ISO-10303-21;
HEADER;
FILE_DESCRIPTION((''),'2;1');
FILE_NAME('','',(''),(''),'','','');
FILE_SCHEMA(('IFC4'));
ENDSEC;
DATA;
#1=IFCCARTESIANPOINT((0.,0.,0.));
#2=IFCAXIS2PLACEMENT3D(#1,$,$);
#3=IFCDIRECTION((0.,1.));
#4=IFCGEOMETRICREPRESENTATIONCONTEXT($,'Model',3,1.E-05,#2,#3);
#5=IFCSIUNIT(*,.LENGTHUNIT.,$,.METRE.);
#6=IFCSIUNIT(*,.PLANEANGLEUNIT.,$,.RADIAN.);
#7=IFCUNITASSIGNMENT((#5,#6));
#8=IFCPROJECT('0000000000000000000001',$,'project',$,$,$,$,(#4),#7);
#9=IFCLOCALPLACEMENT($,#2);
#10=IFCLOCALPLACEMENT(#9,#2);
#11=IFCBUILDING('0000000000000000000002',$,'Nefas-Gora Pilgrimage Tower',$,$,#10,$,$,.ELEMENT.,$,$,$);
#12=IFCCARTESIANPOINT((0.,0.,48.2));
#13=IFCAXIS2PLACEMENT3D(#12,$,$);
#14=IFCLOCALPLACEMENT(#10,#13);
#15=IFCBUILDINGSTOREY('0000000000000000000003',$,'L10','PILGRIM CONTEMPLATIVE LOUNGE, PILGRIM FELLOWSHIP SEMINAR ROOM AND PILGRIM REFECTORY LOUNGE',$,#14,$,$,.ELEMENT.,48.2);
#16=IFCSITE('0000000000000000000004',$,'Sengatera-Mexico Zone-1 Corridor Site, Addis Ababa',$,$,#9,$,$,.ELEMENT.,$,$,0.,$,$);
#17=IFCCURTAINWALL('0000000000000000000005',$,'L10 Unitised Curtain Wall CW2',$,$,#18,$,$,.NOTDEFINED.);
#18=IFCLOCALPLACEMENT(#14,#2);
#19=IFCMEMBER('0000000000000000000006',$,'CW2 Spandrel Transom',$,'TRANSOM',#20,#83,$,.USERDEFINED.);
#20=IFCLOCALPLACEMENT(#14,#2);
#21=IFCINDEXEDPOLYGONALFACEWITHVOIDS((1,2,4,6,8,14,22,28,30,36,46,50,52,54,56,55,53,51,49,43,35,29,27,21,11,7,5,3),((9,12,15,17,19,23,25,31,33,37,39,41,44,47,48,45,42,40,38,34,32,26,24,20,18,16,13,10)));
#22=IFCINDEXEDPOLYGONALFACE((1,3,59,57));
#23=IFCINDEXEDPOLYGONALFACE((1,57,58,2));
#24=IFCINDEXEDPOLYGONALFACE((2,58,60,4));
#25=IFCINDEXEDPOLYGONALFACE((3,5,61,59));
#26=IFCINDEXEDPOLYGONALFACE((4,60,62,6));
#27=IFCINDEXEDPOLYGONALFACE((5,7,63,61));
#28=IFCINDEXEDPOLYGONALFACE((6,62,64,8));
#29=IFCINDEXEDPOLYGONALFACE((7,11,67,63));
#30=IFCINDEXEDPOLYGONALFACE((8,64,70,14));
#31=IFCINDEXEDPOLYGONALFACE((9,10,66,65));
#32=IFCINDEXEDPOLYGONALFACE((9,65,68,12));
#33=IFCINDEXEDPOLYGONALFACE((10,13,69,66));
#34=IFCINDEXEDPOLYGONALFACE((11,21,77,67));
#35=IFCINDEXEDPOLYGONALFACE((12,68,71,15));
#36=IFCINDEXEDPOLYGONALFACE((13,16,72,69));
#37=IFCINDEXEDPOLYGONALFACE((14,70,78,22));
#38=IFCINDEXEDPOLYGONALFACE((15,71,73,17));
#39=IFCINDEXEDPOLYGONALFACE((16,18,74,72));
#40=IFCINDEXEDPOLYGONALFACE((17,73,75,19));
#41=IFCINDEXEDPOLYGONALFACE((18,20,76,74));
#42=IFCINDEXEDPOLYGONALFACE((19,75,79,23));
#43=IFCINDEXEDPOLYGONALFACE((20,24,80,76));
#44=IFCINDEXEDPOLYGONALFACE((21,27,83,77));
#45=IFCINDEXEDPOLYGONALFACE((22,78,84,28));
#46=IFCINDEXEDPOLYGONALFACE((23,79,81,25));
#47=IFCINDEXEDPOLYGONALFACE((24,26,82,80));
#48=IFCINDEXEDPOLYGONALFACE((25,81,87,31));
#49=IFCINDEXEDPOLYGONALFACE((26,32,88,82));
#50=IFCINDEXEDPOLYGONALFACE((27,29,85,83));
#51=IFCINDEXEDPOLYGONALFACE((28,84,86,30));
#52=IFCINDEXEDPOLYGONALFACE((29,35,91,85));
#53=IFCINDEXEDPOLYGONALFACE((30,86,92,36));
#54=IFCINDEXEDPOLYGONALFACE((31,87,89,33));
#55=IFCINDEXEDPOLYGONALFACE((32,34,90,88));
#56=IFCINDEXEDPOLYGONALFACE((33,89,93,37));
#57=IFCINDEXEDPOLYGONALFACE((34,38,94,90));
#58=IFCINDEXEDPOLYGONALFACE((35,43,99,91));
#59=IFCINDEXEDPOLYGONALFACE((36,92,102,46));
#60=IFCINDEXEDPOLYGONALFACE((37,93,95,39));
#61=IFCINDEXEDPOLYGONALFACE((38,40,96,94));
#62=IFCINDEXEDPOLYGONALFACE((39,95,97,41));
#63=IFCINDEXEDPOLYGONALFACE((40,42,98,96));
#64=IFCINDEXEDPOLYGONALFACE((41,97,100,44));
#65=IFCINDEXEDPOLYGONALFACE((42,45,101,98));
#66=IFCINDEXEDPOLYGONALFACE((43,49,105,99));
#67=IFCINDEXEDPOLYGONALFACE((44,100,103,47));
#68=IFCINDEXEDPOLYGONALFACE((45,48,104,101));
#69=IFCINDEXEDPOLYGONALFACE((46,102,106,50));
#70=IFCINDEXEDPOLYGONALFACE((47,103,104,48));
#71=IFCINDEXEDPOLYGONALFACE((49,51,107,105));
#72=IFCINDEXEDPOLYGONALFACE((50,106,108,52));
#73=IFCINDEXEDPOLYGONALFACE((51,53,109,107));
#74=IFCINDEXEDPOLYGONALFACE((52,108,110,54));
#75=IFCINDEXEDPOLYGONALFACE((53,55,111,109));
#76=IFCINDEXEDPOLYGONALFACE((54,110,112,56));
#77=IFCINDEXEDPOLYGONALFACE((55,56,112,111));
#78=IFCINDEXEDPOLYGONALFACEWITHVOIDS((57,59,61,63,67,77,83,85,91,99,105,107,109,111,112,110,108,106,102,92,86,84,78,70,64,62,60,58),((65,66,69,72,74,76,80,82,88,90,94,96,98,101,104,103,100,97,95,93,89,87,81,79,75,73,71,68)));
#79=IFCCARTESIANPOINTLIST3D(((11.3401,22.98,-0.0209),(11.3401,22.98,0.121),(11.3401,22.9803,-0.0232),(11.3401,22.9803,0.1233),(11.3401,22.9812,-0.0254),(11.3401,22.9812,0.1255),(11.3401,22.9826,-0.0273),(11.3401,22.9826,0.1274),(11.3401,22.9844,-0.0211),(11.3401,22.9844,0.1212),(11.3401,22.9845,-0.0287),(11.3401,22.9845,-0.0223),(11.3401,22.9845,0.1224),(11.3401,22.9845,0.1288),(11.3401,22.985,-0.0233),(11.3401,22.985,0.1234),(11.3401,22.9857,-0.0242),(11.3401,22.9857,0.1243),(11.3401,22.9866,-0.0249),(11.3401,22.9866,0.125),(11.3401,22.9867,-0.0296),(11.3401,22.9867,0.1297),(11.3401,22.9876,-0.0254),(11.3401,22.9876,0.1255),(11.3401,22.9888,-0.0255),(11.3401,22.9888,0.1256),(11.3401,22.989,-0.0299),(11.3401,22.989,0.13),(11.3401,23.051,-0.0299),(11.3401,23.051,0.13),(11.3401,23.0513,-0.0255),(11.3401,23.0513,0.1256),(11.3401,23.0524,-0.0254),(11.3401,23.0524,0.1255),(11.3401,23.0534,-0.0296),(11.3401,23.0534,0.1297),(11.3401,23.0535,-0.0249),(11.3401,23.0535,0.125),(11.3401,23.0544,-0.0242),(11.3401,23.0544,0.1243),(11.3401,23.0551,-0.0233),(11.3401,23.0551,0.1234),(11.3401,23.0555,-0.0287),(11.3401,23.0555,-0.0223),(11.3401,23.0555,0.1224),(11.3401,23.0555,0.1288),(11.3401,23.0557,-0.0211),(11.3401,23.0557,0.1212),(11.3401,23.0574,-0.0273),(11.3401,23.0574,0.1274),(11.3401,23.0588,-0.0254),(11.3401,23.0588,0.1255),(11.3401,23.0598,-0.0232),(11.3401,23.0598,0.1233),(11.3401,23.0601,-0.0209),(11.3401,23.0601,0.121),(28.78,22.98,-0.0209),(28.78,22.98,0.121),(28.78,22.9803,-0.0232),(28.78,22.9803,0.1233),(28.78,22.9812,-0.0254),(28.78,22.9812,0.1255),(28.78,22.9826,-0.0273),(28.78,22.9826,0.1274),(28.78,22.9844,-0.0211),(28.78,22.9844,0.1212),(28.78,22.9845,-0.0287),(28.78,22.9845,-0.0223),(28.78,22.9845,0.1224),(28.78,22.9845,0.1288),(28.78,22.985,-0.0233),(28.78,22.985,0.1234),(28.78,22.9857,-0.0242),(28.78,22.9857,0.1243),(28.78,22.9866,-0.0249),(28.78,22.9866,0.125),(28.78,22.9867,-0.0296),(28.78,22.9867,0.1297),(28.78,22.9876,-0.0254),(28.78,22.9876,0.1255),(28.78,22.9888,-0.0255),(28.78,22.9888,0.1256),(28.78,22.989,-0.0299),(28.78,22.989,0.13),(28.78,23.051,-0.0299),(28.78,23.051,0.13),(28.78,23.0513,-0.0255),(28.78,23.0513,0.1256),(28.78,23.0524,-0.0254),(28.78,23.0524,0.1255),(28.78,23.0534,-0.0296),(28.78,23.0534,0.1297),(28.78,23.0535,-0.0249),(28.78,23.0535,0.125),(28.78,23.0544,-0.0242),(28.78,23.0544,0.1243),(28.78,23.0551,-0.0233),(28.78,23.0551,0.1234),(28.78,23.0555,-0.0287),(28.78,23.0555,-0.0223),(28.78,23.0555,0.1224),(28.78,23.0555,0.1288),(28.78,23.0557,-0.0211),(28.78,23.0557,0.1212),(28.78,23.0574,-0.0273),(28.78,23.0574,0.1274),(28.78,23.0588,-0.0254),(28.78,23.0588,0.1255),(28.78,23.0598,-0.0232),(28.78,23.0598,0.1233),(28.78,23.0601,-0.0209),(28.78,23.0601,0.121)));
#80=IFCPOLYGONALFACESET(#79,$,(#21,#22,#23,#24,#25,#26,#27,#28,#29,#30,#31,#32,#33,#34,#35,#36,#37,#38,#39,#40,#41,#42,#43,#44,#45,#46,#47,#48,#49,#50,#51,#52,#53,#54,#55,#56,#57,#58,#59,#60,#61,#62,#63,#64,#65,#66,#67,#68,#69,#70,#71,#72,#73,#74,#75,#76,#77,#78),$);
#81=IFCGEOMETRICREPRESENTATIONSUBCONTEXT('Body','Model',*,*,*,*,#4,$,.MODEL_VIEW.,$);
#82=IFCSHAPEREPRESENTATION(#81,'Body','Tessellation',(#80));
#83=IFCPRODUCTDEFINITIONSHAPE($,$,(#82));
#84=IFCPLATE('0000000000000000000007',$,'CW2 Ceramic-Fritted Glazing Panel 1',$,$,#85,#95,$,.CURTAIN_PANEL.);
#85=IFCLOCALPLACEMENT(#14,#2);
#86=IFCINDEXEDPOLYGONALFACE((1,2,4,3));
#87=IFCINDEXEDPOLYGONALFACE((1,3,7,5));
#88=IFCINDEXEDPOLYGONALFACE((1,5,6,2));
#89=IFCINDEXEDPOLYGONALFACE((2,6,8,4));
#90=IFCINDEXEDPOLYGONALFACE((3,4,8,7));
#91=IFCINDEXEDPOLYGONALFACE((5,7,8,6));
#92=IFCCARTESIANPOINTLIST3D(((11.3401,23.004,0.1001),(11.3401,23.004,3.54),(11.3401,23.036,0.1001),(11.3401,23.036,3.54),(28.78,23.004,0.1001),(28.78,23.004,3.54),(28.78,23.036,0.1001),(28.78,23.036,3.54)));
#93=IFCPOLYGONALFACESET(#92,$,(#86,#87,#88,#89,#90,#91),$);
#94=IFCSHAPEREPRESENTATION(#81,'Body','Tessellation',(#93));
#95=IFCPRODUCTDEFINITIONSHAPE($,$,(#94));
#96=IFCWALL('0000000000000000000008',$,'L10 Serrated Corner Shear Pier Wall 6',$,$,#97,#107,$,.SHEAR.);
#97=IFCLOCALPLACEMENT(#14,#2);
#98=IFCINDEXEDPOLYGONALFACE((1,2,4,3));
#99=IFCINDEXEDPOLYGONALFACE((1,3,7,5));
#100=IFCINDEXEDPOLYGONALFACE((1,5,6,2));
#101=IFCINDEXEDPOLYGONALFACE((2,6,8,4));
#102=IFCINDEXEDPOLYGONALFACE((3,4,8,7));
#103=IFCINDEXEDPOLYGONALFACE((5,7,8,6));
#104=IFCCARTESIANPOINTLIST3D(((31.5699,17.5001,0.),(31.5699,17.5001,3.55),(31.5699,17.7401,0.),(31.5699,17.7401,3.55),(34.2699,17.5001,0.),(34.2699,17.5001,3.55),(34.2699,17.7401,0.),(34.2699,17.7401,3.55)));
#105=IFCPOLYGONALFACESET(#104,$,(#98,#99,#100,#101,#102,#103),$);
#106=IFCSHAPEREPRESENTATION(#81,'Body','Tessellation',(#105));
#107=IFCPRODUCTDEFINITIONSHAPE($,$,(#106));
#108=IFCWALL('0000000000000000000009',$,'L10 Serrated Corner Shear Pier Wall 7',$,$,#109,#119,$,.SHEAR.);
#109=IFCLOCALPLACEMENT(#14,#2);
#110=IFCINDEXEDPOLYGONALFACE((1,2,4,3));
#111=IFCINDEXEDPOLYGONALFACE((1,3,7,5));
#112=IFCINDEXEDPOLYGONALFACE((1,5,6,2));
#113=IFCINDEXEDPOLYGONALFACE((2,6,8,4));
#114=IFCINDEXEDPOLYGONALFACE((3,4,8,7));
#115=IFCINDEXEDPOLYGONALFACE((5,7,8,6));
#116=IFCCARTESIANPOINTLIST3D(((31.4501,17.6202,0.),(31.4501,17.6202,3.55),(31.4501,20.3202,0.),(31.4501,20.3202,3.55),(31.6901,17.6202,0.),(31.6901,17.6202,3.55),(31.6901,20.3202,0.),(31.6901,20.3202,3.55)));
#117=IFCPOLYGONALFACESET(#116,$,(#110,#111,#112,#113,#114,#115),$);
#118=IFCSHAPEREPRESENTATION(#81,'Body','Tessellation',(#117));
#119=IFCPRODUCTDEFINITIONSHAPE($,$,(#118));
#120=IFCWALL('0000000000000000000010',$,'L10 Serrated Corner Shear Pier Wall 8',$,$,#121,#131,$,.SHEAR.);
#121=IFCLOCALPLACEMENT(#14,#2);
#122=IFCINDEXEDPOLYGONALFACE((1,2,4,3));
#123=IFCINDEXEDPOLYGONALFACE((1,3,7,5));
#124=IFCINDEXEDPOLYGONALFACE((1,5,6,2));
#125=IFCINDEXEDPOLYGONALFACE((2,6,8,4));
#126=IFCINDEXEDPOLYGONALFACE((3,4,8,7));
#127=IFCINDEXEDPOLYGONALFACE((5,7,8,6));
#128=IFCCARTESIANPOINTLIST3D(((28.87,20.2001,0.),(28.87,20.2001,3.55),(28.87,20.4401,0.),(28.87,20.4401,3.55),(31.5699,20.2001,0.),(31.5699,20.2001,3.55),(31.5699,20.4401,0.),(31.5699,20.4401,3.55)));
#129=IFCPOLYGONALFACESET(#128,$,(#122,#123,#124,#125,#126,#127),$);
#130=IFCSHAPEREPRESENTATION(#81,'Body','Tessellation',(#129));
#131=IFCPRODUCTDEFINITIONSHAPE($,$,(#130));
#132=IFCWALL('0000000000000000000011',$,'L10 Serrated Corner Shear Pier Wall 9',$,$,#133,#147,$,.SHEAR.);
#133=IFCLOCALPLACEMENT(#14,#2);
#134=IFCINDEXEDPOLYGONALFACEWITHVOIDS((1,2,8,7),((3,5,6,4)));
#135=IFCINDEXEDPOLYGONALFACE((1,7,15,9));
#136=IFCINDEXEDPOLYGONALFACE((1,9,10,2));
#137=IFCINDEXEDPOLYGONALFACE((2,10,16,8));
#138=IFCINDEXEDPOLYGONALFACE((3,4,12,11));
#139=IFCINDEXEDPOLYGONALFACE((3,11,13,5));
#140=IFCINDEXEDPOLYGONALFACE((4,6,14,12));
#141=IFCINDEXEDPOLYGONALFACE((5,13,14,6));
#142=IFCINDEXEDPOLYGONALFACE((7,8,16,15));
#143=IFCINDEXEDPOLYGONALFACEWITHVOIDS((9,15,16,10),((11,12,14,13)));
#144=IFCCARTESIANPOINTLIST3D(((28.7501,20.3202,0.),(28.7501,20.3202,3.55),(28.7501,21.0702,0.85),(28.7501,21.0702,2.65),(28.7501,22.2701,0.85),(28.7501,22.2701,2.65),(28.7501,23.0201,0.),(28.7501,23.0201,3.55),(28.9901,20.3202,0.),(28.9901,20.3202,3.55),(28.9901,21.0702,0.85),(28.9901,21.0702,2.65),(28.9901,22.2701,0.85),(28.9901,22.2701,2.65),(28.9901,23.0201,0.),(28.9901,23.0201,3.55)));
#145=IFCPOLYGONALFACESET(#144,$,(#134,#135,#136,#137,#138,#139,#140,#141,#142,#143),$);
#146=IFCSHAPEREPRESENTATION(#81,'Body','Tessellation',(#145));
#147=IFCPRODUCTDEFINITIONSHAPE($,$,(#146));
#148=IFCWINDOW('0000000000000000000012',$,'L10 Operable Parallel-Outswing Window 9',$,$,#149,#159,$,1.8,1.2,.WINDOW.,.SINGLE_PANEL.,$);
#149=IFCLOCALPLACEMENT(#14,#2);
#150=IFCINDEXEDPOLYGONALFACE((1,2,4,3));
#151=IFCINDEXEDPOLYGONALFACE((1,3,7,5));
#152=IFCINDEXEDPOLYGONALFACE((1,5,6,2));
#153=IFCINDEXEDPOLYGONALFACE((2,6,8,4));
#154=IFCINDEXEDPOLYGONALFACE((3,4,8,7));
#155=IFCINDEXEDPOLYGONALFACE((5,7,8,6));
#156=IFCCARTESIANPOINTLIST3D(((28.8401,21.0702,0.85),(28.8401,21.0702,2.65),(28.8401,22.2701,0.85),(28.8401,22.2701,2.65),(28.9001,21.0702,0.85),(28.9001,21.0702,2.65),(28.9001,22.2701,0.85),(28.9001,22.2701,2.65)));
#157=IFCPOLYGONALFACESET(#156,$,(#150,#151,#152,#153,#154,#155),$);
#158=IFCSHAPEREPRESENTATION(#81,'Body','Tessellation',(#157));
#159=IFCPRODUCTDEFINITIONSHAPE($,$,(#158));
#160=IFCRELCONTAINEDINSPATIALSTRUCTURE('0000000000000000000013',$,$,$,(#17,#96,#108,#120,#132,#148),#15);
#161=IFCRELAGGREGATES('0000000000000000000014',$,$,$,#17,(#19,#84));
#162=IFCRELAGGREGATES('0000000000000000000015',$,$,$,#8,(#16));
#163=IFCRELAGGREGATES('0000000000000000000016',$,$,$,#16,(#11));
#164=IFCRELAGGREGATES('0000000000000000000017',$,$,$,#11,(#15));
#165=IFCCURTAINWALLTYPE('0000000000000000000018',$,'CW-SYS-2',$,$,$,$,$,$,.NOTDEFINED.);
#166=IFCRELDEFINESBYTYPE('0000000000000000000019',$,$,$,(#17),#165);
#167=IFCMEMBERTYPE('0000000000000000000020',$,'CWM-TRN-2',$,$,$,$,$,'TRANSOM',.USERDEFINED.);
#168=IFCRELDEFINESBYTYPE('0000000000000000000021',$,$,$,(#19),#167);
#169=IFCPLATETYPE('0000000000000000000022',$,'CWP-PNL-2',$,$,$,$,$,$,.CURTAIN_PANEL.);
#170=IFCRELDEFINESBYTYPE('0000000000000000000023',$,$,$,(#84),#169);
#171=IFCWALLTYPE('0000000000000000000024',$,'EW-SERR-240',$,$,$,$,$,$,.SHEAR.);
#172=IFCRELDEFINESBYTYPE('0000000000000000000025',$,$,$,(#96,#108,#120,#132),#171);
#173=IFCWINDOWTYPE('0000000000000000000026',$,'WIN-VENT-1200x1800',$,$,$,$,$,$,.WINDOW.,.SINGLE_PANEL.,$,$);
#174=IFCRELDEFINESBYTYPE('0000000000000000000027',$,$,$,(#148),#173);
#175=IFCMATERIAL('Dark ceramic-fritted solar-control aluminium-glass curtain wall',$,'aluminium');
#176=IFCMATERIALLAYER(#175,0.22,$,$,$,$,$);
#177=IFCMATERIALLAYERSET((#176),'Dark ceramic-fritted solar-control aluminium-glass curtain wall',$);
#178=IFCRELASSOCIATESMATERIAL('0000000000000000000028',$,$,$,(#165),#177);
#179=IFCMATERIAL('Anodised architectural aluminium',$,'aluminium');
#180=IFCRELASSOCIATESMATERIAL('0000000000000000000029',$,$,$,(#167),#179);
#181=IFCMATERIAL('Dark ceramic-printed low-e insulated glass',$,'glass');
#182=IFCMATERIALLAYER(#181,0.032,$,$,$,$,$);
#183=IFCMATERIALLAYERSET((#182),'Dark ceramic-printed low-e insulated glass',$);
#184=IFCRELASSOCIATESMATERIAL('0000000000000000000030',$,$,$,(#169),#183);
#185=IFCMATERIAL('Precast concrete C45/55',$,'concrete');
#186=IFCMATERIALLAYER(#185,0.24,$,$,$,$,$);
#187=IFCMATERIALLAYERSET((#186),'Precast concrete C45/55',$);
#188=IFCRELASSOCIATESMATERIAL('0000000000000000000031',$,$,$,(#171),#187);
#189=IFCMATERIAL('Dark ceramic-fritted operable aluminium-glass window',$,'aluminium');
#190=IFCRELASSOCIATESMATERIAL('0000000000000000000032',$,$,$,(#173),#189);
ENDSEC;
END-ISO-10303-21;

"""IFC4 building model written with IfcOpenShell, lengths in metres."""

from ifc_helpers import new_model, si_unit, direction, frame, frame_2d, origin, origin_2d, place, context, subcontext, project, spatial, rectangle, hollow_rectangle, extrude, source, transform, mapped, material, layer, layer_set, material_profile, profile_set, type_object, element, fill, aggregate, save


model = new_model("IFC4")

# Units and contexts
model_context = context("Model", 3, precision=1e-05, world=origin(), true_north=direction((0.0, 1.0)))
body_context = subcontext(model_context, "Body", "Model", "MODEL_VIEW")
ifc_project = project(units=[si_unit("LENGTHUNIT", "METRE"), si_unit("PLANEANGLEUNIT", "RADIAN")], contexts=[model_context])

# Site, building, storey
site_placement = place(None, origin())
site = spatial("IfcSite", under=ifc_project, at=site_placement, Name="Sengatera-Mexico Zone-1 Corridor Site, Addis Ababa", CompositionType="ELEMENT", RefElevation=0.0)
building_placement = place(site_placement, origin())
building = spatial("IfcBuilding", under=site, at=building_placement, Name="Nefas-Gora Pilgrimage Tower", CompositionType="ELEMENT")
storey_placement = place(building_placement, frame((0.0, 0.0, 48.2)))
storey = spatial("IfcBuildingStorey", under=building, at=storey_placement, Name="L10", Description="PILGRIM CONTEMPLATIVE LOUNGE, PILGRIM FELLOWSHIP SEMINAR ROOM AND PILGRIM REFECTORY LOUNGE", CompositionType="ELEMENT", Elevation=48.2)

# Shared definitions
ifc_material_1 = material(Name="Dark ceramic-fritted solar-control aluminium-glass curtain wall", Category="aluminium")
ifc_layer_1 = layer(ifc_material_1, 0.22)
ifc_layer_set_1 = layer_set([ifc_layer_1], Name="Dark ceramic-fritted solar-control aluminium-glass curtain wall")
curtain_wall_type = type_object("IfcCurtainWallType", Name="CW-SYS-2", PredefinedType="NOTDEFINED", material=ifc_layer_set_1)
ifc_material_2 = material(Name="Anodised architectural aluminium", Category="aluminium")

# Curtain wall, member, plate
curtain_wall_1_placement = place(storey_placement, origin())
curtain_wall_1 = element("IfcCurtainWall", 1, at=curtain_wall_1_placement, inside=storey, type_object=curtain_wall_type, Name="L10 Unitised Curtain Wall CW2", PredefinedType="NOTDEFINED")
ifc_material_profile_1 = material_profile(ifc_material_2, hollow_rectangle(XDim=0.0801, YDim=0.1599, WallThickness=0.0044, InnerFilletRadius=0.0044, OuterFilletRadius=0.009, at=origin_2d()), Name="ALU TRANSOM 80x160")
ifc_profile_set_1 = profile_set([ifc_material_profile_1], Name="Anodised architectural aluminium")
member_type_1 = type_object("IfcMemberType", Name="CWM-TRN-2", ElementType="TRANSOM", PredefinedType="USERDEFINED", material=ifc_profile_set_1)
shared_shape_1 = source(origin(), body_context, "Body", "SweptSolid", [
    extrude(hollow_rectangle(XDim=0.0801, YDim=0.1599, WallThickness=0.0044, InnerFilletRadius=0.0044, OuterFilletRadius=0.009, at=origin_2d()), origin(), (0.0, 0.0, 1.0), 17.4399),
])
member_1_placement = place(storey_placement, frame((28.78, 23.02, 0.05), z_axis=(-1.0, 0.0, 0.0), x_axis=(0.0, -1.0, 0.0)))
member_1 = element("IfcMember", 2, at=member_1_placement, type_object=member_type_1, Name="CW2 Spandrel Transom", ObjectType="TRANSOM", PredefinedType="USERDEFINED", context=body_context, shape_type="MappedRepresentation", body=[
    mapped(shared_shape_1, transform((0.0, 0.0, 0.0), x_axis=(1.0, 0.0, 0.0), y_axis=(0.0, 1.0, 0.0), z_axis=(0.0, 0.0, 1.0), scale=1.0)),
])
ifc_material_3 = material(Name="Dark ceramic-printed low-e insulated glass", Category="glass")
ifc_layer_2 = layer(ifc_material_3, 0.032)
ifc_layer_set_2 = layer_set([ifc_layer_2], Name="Dark ceramic-printed low-e insulated glass")
plate_type = type_object("IfcPlateType", Name="CWP-PNL-2", PredefinedType="CURTAIN_PANEL", material=ifc_layer_set_2)
shared_shape_2 = source(origin(), body_context, "Body", "SweptSolid", [
    extrude(rectangle(XDim=17.4399, YDim=0.032, at=origin_2d()), origin(), (0.0, 0.0, 1.0), 3.4399),
])
plate_placement = place(storey_placement, frame((20.0601, 23.02, 0.1001), z_axis=(0.0, 0.0, 1.0), x_axis=(-1.0, 0.0, 0.0)))
plate = element("IfcPlate", 3, at=plate_placement, type_object=plate_type, Name="CW2 Ceramic-Fritted Glazing Panel 1", PredefinedType="CURTAIN_PANEL", context=body_context, shape_type="MappedRepresentation", body=[
    mapped(shared_shape_2, transform((0.0, 0.0, 0.0), x_axis=(1.0, 0.0, 0.0), y_axis=(0.0, 1.0, 0.0), z_axis=(0.0, 0.0, 1.0), scale=1.0)),
])
aggregate(curtain_wall_1, [member_1, plate])

# Walls
ifc_material_4 = material(Name="Precast concrete C45/55", Category="concrete")
ifc_layer_3 = layer(ifc_material_4, 0.24)
ifc_layer_set_3 = layer_set([ifc_layer_3], Name="Precast concrete C45/55")
wall_type = type_object("IfcWallType", Name="EW-SERR-240", PredefinedType="SHEAR", material=ifc_layer_set_3)
shared_shape_3 = source(origin(), body_context, "Body", "SweptSolid", [
    extrude(rectangle(XDim=2.7, YDim=0.24, at=frame_2d((1.3501, 0.0))), origin(), (0.0, 0.0, 1.0), 3.55),
])
for number, where, z_axis, x_axis, name in (
    (4, (34.27, 17.6201, 0.0), (0.0, 0.0, 1.0), (-1.0, 0.0, 0.0), "L10 Serrated Corner Shear Pier Wall 6"),
    (5, (31.5701, 17.6201, 0.0), (0.0, 0.0, 1.0), (0.0, 1.0, 0.0), "L10 Serrated Corner Shear Pier Wall 7"),
    (6, (31.5701, 20.3201, 0.0), (0.0, 0.0, 1.0), (-1.0, 0.0, 0.0), "L10 Serrated Corner Shear Pier Wall 8"),
):
    element("IfcWall", number, at=place(storey_placement, frame(where, z_axis=z_axis, x_axis=x_axis)), inside=storey, type_object=wall_type, Name=name, PredefinedType="SHEAR", context=body_context, shape_type="MappedRepresentation", body=[
        mapped(shared_shape_3, transform((0.0, 0.0, 0.0), x_axis=(1.0, 0.0, 0.0), y_axis=(0.0, 1.0, 0.0), z_axis=(0.0, 0.0, 1.0), scale=1.0)),
    ])

# Wall, opening, window
wall_placement = place(storey_placement, frame((28.8701, 20.3201, 0.0), z_axis=(0.0, 0.0, 1.0), x_axis=(0.0, 1.0, 0.0)))
wall = element("IfcWall", 7, at=wall_placement, inside=storey, type_object=wall_type, Name="L10 Serrated Corner Shear Pier Wall 9", PredefinedType="SHEAR", context=body_context, shape_type="MappedRepresentation", body=[
    mapped(shared_shape_3, transform((0.0, 0.0, 0.0), x_axis=(1.0, 0.0, 0.0), y_axis=(0.0, 1.0, 0.0), z_axis=(0.0, 0.0, 1.0), scale=1.0)),
])
opening_placement = place(wall_placement, frame((0.75, 0.0, 0.8501)))
opening = element("IfcOpeningElement", 8, at=opening_placement, cuts=wall, PredefinedType="OPENING", context=body_context, shape_type="SweptSolid", body=[
    extrude(rectangle(XDim=1.2, YDim=1.8, at=frame_2d((0.6001, 0.8999))), frame((0.0, 0.1299, 0.0), z_axis=(0.0, -1.0, 0.0), x_axis=(1.0, 0.0, 0.0)), (0.0, 0.0, 1.0), 0.26),
])
ifc_material_5 = material(Name="Dark ceramic-fritted operable aluminium-glass window", Category="aluminium")
window_type = type_object("IfcWindowType", Name="WIN-VENT-1200x1800", PartitioningType="SINGLE_PANEL", PredefinedType="WINDOW", material=ifc_material_5)
shared_shape_4 = source(origin(), body_context, "Body", "SweptSolid", [
    extrude(rectangle(XDim=1.2, YDim=1.8, at=frame_2d((0.6001, 0.8999))), frame((0.0, 0.03, 0.0), z_axis=(0.0, -1.0, 0.0), x_axis=(1.0, 0.0, 0.0)), (0.0, 0.0, 1.0), 0.0601),
])
window_placement = place(opening_placement, origin())
window = element("IfcWindow", 9, at=window_placement, inside=storey, type_object=window_type, Name="L10 Operable Parallel-Outswing Window 9", OverallHeight=1.8, OverallWidth=1.2, PartitioningType="SINGLE_PANEL", PredefinedType="WINDOW", context=body_context, shape_type="MappedRepresentation", body=[
    mapped(shared_shape_4, transform((0.0, 0.0, 0.0), x_axis=(1.0, 0.0, 0.0), y_axis=(0.0, 1.0, 0.0), z_axis=(0.0, 0.0, 1.0), scale=1.0)),
])
fill(opening, window)

save(model, "model.ifc")
